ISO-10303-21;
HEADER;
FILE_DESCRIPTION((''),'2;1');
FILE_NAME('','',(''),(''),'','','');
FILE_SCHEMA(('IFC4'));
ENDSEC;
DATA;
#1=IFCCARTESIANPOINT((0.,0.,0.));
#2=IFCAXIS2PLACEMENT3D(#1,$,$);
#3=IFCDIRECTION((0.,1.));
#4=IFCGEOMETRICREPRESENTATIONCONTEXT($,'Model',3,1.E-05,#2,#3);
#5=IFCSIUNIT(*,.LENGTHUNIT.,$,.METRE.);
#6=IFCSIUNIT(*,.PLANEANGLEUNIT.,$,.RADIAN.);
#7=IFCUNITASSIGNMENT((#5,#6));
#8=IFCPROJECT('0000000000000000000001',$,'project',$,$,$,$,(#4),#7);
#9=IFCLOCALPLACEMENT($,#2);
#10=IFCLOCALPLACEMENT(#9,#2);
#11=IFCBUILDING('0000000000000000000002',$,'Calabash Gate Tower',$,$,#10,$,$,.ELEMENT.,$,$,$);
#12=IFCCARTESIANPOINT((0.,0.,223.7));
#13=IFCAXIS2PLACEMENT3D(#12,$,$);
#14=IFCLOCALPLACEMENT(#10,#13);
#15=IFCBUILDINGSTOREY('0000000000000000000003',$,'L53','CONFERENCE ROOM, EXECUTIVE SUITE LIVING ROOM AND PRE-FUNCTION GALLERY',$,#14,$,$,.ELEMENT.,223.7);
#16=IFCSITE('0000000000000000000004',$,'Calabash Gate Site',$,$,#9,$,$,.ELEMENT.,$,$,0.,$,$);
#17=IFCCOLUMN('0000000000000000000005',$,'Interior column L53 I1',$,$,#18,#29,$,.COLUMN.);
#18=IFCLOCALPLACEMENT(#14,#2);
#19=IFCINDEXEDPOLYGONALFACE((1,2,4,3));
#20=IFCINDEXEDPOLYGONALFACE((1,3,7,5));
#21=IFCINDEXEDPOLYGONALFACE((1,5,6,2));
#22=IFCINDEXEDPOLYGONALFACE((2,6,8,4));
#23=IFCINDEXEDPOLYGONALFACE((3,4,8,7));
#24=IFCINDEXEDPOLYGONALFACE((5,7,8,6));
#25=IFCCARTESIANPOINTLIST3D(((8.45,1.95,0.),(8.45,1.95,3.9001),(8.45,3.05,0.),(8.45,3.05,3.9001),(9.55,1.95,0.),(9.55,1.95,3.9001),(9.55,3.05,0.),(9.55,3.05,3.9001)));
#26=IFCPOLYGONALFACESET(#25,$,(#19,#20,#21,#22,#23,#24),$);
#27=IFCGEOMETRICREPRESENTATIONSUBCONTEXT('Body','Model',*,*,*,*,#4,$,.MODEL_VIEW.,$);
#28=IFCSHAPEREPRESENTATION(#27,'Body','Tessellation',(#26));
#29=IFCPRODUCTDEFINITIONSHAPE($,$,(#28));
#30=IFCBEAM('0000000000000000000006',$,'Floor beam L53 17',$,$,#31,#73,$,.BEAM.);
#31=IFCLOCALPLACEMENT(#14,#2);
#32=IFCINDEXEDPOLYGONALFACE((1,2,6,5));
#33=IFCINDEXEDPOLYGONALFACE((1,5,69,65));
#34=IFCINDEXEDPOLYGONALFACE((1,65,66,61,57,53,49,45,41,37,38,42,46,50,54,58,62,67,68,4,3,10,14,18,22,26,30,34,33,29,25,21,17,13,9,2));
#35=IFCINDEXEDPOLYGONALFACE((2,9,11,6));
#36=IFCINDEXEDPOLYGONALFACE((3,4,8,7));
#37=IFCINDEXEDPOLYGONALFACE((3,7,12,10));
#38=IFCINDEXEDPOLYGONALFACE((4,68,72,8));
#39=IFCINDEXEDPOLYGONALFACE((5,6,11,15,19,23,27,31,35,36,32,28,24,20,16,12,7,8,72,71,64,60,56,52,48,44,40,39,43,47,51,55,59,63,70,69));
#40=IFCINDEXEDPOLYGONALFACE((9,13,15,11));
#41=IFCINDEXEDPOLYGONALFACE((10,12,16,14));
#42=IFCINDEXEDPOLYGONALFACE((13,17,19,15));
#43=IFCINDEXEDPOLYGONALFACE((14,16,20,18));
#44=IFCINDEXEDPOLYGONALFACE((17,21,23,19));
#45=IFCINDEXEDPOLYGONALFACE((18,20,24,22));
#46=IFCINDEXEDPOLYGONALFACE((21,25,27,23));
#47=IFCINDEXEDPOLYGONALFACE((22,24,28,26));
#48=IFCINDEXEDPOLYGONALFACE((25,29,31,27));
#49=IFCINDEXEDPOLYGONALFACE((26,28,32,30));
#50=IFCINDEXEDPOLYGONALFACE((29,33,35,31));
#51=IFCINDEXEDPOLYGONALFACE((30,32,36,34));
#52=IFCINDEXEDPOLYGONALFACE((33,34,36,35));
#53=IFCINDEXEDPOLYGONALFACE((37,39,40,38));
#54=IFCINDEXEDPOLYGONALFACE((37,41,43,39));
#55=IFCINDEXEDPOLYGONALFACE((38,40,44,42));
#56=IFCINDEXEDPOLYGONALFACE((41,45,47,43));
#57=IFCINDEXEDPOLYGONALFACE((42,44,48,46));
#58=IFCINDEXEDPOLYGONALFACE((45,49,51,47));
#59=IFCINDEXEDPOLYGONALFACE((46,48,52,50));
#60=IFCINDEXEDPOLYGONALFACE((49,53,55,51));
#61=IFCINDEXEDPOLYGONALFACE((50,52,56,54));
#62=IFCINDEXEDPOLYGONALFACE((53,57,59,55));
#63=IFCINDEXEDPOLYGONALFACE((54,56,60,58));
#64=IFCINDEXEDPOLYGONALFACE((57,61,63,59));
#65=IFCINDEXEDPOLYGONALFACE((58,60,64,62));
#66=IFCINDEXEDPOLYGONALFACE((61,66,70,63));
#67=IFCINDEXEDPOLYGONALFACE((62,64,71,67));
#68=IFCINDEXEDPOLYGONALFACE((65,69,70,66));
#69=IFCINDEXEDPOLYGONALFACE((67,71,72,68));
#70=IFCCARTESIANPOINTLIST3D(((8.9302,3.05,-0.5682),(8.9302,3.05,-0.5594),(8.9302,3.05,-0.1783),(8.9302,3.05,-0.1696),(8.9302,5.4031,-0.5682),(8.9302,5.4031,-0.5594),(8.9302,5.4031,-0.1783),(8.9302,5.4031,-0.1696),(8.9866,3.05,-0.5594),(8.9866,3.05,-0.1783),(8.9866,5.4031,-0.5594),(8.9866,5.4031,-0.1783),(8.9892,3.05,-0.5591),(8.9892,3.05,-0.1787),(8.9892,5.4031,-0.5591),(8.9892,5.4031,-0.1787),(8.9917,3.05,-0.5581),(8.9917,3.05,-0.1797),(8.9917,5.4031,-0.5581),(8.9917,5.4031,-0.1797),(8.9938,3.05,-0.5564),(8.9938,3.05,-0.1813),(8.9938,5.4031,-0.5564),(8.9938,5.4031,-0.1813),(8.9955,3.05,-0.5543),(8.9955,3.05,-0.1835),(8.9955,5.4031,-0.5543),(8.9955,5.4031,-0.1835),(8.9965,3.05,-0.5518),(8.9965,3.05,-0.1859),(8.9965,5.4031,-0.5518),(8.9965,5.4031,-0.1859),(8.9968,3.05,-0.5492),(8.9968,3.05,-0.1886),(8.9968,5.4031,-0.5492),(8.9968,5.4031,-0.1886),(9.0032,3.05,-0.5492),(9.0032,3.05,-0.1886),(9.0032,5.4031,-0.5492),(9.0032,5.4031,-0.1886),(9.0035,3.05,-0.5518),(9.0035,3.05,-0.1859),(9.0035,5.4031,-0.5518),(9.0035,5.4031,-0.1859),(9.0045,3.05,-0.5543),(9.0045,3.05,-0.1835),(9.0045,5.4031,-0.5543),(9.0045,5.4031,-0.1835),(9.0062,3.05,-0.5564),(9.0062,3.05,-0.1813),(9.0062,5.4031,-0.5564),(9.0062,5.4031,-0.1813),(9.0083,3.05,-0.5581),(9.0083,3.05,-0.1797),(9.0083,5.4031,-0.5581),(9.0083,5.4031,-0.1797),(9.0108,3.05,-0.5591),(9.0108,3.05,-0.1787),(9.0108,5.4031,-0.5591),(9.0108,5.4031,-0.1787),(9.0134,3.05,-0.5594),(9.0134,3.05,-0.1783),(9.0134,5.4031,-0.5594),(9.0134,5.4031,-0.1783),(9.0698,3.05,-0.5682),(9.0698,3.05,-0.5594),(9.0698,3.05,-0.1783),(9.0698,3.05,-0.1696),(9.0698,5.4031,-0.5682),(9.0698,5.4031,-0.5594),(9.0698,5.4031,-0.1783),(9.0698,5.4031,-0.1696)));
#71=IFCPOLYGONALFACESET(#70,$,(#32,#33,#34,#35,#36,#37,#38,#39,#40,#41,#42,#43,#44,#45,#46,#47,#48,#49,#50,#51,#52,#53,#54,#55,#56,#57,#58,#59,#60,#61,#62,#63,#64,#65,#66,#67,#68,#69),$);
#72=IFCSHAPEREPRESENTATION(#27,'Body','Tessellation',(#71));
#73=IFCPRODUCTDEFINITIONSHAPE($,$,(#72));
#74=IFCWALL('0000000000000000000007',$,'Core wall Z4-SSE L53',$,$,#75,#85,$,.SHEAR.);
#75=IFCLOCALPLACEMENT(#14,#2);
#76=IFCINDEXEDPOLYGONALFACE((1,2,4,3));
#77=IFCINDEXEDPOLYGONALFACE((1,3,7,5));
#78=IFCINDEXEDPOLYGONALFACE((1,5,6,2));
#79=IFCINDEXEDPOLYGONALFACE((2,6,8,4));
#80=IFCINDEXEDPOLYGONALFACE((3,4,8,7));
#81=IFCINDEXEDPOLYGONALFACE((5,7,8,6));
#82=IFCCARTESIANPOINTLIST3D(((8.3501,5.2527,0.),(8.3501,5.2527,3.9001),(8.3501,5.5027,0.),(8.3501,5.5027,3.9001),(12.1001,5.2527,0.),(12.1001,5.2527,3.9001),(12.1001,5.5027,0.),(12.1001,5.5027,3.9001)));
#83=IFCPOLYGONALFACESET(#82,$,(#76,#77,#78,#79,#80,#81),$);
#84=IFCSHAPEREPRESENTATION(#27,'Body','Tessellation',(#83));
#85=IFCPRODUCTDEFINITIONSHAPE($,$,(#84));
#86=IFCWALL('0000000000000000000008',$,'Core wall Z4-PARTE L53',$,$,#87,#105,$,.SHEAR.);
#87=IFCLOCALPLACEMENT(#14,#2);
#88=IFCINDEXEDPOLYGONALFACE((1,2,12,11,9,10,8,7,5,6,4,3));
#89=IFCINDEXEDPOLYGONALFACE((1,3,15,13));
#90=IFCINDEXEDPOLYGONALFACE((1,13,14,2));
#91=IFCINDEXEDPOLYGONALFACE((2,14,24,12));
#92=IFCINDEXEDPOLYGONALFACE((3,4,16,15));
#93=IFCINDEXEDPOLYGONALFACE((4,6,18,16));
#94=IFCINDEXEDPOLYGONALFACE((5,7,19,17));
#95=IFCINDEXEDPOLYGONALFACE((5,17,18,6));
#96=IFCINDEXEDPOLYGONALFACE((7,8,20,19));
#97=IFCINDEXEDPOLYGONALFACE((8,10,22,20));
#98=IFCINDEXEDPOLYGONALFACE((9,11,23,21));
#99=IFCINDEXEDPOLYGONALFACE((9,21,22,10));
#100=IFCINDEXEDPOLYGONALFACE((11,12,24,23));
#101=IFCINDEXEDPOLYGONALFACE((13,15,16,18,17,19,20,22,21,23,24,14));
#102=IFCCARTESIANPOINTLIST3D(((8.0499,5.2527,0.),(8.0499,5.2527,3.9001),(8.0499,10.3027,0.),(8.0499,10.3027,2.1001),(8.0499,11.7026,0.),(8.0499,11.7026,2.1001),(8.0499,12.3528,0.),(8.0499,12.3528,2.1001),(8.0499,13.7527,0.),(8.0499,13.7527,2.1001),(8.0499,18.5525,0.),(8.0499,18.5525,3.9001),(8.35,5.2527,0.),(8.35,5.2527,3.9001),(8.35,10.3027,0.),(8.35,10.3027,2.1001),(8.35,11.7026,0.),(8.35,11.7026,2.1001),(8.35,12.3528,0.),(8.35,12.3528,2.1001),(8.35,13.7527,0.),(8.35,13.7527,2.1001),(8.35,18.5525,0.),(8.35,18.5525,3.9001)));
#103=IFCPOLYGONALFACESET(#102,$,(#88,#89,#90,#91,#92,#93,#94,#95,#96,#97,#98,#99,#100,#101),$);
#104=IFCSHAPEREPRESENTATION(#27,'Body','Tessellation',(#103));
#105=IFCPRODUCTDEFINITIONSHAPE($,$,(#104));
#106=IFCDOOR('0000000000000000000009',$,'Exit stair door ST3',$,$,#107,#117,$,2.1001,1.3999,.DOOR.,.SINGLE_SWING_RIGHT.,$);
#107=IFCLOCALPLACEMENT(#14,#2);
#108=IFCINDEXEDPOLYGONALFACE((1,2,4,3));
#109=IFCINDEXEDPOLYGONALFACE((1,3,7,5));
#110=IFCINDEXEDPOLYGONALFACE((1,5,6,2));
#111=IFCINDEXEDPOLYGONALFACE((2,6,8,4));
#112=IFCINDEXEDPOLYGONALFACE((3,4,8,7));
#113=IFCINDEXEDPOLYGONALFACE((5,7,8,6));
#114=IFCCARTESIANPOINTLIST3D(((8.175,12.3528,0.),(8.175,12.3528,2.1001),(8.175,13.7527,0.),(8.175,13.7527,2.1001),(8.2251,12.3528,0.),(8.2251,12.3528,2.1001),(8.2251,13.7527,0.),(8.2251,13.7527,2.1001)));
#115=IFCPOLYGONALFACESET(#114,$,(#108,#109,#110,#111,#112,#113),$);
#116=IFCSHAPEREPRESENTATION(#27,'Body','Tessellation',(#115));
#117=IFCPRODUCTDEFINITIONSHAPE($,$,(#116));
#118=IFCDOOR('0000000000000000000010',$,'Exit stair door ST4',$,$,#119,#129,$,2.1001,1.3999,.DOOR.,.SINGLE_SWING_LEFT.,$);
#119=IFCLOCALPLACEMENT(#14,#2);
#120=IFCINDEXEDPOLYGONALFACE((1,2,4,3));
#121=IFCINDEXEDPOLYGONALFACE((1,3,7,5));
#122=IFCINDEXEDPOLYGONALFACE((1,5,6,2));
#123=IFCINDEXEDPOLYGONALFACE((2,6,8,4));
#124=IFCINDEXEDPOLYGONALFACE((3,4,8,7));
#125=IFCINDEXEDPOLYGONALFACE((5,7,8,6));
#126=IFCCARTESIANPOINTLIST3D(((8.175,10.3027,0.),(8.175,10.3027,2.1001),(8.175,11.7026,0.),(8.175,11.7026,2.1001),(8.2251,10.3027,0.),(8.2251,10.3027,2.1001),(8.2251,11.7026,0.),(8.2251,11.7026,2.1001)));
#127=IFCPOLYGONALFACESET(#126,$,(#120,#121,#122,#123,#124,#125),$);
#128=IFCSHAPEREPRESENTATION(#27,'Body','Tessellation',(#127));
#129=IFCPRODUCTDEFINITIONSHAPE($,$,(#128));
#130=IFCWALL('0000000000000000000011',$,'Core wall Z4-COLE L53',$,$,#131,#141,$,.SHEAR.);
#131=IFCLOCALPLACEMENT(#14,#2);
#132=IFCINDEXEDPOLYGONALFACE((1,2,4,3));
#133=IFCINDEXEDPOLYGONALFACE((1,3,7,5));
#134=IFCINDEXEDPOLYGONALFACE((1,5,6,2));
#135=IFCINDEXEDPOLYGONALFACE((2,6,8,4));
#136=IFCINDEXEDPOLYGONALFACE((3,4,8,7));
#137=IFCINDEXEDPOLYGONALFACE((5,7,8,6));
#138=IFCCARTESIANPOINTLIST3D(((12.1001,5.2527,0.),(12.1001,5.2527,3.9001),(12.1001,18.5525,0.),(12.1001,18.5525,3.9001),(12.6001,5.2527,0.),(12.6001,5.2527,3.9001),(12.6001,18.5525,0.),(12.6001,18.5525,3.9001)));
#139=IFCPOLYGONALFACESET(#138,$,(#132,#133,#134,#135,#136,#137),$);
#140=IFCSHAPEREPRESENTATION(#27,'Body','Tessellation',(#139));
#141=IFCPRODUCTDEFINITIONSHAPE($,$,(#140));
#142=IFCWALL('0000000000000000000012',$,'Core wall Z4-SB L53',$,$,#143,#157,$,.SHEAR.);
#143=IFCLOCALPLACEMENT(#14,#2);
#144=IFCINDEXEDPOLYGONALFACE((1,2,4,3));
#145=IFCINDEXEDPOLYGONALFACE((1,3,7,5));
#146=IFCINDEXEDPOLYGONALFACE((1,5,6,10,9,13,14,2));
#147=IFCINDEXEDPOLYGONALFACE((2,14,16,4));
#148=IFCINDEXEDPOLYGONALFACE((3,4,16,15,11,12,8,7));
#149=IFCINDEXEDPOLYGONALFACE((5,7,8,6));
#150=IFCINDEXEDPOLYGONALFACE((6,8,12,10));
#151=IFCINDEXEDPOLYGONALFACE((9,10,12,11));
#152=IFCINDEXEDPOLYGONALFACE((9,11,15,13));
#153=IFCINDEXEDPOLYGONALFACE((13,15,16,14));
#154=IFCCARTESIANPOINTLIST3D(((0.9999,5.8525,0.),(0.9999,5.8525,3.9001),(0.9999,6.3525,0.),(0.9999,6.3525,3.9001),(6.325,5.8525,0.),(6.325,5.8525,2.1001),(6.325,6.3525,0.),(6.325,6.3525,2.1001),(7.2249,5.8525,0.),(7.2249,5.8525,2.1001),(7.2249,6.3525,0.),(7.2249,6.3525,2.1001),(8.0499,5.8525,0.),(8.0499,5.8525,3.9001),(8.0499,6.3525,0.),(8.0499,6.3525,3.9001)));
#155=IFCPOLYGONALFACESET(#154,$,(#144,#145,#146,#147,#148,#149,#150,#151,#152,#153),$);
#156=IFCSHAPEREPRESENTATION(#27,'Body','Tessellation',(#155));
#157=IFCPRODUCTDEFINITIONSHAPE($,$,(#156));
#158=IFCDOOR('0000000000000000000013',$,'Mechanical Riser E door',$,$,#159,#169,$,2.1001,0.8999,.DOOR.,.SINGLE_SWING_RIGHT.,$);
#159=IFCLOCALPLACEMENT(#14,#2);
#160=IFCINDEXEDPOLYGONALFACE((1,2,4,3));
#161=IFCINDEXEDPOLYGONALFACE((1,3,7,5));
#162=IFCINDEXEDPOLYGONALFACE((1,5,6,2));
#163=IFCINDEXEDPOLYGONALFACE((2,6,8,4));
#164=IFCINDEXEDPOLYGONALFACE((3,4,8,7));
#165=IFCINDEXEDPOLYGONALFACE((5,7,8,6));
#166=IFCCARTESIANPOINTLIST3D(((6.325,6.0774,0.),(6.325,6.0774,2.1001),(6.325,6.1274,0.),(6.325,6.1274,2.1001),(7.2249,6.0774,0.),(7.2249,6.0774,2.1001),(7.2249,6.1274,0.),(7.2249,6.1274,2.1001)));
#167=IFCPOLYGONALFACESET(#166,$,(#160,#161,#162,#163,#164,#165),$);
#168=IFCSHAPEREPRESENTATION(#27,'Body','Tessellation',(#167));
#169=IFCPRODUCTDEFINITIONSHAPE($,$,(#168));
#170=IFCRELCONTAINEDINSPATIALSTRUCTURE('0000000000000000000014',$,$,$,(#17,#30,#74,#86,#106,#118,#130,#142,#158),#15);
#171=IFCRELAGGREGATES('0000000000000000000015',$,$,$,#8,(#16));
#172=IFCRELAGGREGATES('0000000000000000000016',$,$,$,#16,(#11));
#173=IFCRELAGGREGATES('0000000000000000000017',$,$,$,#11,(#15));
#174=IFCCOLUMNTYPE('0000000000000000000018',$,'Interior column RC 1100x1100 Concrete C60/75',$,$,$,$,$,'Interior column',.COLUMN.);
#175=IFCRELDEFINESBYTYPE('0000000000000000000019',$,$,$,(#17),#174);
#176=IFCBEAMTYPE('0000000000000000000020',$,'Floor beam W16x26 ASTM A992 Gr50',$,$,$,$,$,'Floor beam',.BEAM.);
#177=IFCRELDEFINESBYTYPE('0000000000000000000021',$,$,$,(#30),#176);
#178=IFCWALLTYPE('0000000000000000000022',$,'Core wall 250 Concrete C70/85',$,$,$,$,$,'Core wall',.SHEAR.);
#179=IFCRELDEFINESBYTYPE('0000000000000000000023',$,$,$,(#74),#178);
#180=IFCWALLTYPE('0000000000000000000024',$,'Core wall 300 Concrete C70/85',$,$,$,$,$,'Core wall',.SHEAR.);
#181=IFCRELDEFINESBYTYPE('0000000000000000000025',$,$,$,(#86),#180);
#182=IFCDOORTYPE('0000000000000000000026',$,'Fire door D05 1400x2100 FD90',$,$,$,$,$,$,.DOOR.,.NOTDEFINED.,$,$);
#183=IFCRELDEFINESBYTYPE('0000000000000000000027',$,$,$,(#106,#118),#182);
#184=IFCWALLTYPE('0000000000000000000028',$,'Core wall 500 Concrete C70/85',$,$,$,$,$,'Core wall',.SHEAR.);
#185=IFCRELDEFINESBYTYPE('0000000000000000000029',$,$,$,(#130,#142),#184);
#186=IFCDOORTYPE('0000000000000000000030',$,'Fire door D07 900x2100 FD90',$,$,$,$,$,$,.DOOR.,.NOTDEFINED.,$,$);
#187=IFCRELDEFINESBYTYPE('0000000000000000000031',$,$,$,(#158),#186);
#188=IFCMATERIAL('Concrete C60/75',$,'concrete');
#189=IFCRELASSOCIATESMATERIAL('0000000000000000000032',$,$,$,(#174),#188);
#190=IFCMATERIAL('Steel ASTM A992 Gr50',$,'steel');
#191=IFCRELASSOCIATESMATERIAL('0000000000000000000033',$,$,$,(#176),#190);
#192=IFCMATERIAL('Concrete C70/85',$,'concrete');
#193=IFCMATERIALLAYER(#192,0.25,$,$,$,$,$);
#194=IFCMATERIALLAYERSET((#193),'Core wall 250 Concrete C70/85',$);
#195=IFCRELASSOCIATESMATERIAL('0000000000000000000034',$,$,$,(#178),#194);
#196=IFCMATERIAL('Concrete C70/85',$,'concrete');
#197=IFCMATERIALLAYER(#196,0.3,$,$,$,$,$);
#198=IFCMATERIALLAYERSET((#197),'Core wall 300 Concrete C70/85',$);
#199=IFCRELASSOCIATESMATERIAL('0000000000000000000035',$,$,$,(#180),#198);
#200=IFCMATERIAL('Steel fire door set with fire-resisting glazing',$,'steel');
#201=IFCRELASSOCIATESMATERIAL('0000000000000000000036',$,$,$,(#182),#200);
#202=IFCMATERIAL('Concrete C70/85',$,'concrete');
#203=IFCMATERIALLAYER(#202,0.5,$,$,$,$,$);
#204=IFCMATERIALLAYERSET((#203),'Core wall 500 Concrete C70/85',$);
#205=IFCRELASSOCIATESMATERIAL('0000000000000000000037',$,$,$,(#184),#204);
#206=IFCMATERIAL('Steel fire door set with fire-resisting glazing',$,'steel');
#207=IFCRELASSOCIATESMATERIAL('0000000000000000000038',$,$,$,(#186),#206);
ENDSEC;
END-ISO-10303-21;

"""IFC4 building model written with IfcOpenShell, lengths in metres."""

from ifc_helpers import new_model, si_unit, direction, frame, frame_2d, origin, origin_2d, place, context, subcontext, project, spatial, rectangle, i_section, extrude, material, layer, layer_set, material_profile, profile_set, type_object, element, fill, save


model = new_model("IFC4")

# Units and contexts
model_context = context("Model", 3, precision=1e-05, world=origin(), true_north=direction((0.0, 1.0)))
body_context = subcontext(model_context, "Body", "Model", "MODEL_VIEW")
ifc_project = project(units=[si_unit("LENGTHUNIT", "METRE"), si_unit("PLANEANGLEUNIT", "RADIAN")], contexts=[model_context])

# Site, building, storey
site_placement = place(None, origin())
site = spatial("IfcSite", under=ifc_project, at=site_placement, Name="Calabash Gate Site", CompositionType="ELEMENT", RefElevation=0.0)
building_placement = place(site_placement, origin())
building = spatial("IfcBuilding", under=site, at=building_placement, Name="Calabash Gate Tower", CompositionType="ELEMENT")
storey_placement = place(building_placement, frame((0.0, 0.0, 223.7)))
storey = spatial("IfcBuildingStorey", under=building, at=storey_placement, Name="L53", Description="CONFERENCE ROOM, EXECUTIVE SUITE LIVING ROOM AND PRE-FUNCTION GALLERY", CompositionType="ELEMENT", Elevation=223.7)

# Column
ifc_material_1 = material(Name="Concrete C60/75", Category="concrete")
ifc_material_profile_1 = material_profile(ifc_material_1, rectangle(XDim=1.1001, YDim=1.1001, at=origin_2d()))
ifc_profile_set_1 = profile_set([ifc_material_profile_1], Name="Concrete C60/75")
column_type = type_object("IfcColumnType", Name="Interior column RC 1100x1100 Concrete C60/75", ElementType="Interior column", PredefinedType="COLUMN", material=ifc_profile_set_1)
column_placement = place(storey_placement, frame((9.0, 2.5, 0.0), z_axis=(0.0, 0.0, 1.0), x_axis=(1.0, 0.0, 0.0)))
element("IfcColumn", 1, at=column_placement, inside=storey, type_object=column_type, Name="Interior column L53 I1", PredefinedType="COLUMN", context=body_context, shape_type="SweptSolid", body=[
    extrude(rectangle(XDim=1.1001, YDim=1.1001, at=origin_2d()), origin(), (0.0, 0.0, 1.0), 3.9001),
])

# Beam
ifc_material_2 = material(Name="Steel ASTM A992 Gr50", Category="steel")
ifc_material_profile_2 = material_profile(ifc_material_2, i_section(OverallWidth=0.1396, OverallDepth=0.3987, WebThickness=0.0063, FlangeThickness=0.0088, FilletRadius=0.0103, at=origin_2d()))
ifc_profile_set_2 = profile_set([ifc_material_profile_2], Name="Steel ASTM A992 Gr50")
beam_type = type_object("IfcBeamType", Name="Floor beam W16x26 ASTM A992 Gr50", ElementType="Floor beam", PredefinedType="BEAM", material=ifc_profile_set_2)
beam_placement = place(storey_placement, frame((9.0, 3.05, -0.3689), z_axis=(0.0, 1.0, 0.0), x_axis=(-1.0, 0.0, 0.0)))
element("IfcBeam", 2, at=beam_placement, inside=storey, type_object=beam_type, Name="Floor beam L53 17", PredefinedType="BEAM", context=body_context, shape_type="SweptSolid", body=[
    extrude(i_section(OverallWidth=0.1396, OverallDepth=0.3987, WebThickness=0.0063, FlangeThickness=0.0088, FilletRadius=0.0103, at=origin_2d()), origin(), (0.0, 0.0, 1.0), 2.353),
])

# Wall
ifc_material_3 = material(Name="Concrete C70/85", Category="concrete")
ifc_layer_1 = layer(ifc_material_3, 0.25)
ifc_layer_set_1 = layer_set([ifc_layer_1], Name="Core wall 250 Concrete C70/85")
wall_type_1 = type_object("IfcWallType", Name="Core wall 250 Concrete C70/85", ElementType="Core wall", PredefinedType="SHEAR", material=ifc_layer_set_1)
wall_1_placement = place(storey_placement, frame((8.3501, 5.3777, 0.0), z_axis=(0.0, 0.0, 1.0), x_axis=(1.0, 0.0, 0.0)))
element("IfcWall", 3, at=wall_1_placement, inside=storey, type_object=wall_type_1, Name="Core wall Z4-SSE L53", PredefinedType="SHEAR", context=body_context, shape_type="SweptSolid", body=[
    extrude(rectangle(XDim=3.75, YDim=0.25, at=frame_2d((1.875, 0.0))), origin(), (0.0, 0.0, 1.0), 3.9001),
])

# Wall, openings, doors
ifc_material_4 = material(Name="Concrete C70/85", Category="concrete")
ifc_layer_2 = layer(ifc_material_4, 0.3)
ifc_layer_set_2 = layer_set([ifc_layer_2], Name="Core wall 300 Concrete C70/85")
wall_type_2 = type_object("IfcWallType", Name="Core wall 300 Concrete C70/85", ElementType="Core wall", PredefinedType="SHEAR", material=ifc_layer_set_2)
wall_2_placement = place(storey_placement, frame((8.2, 5.2527, 0.0), z_axis=(0.0, 0.0, 1.0), x_axis=(0.0, 1.0, 0.0)))
wall_2 = element("IfcWall", 4, at=wall_2_placement, inside=storey, type_object=wall_type_2, Name="Core wall Z4-PARTE L53", PredefinedType="SHEAR", context=body_context, shape_type="SweptSolid", body=[
    extrude(rectangle(XDim=13.2998, YDim=0.3, at=frame_2d((6.6499, 0.0))), origin(), (0.0, 0.0, 1.0), 3.9001),
])
opening_1_placement = place(wall_2_placement, frame((7.1001, 0.0, 0.0)))
opening_1 = element("IfcOpeningElement", 5, at=opening_1_placement, cuts=wall_2, PredefinedType="OPENING", context=body_context, shape_type="SweptSolid", body=[
    extrude(rectangle(XDim=1.3999, YDim=2.1001, at=frame_2d((0.7, 1.05))), frame((0.0, 0.1599, 0.0), z_axis=(0.0, -1.0, 0.0), x_axis=(1.0, 0.0, 0.0)), (0.0, 0.0, 1.0), 0.3201),
])
opening_2_placement = place(wall_2_placement, frame((5.05, 0.0, 0.0)))
opening_2 = element("IfcOpeningElement", 6, at=opening_2_placement, cuts=wall_2, PredefinedType="OPENING", context=body_context, shape_type="SweptSolid", body=[
    extrude(rectangle(XDim=1.3999, YDim=2.1001, at=frame_2d((0.7, 1.05))), frame((0.0, 0.1599, 0.0), z_axis=(0.0, -1.0, 0.0), x_axis=(1.0, 0.0, 0.0)), (0.0, 0.0, 1.0), 0.3201),
])
ifc_material_5 = material(Name="Steel fire door set with fire-resisting glazing", Category="steel")
door_type_1 = type_object("IfcDoorType", Name="Fire door D05 1400x2100 FD90", OperationType="NOTDEFINED", PredefinedType="DOOR", material=ifc_material_5)
door_1_placement = place(opening_1_placement, origin())
door_1 = element("IfcDoor", 7, at=door_1_placement, inside=storey, type_object=door_type_1, Name="Exit stair door ST3", OperationType="SINGLE_SWING_RIGHT", OverallHeight=2.1001, OverallWidth=1.3999, PredefinedType="DOOR", context=body_context, shape_type="SweptSolid", body=[
    extrude(rectangle(XDim=1.3999, YDim=2.1001, at=frame_2d((0.7, 1.05))), frame((0.0, 0.0249, 0.0), z_axis=(0.0, -1.0, 0.0), x_axis=(1.0, 0.0, 0.0)), (0.0, 0.0, 1.0), 0.05),
])
fill(opening_1, door_1)
door_2_placement = place(opening_2_placement, origin())
door_2 = element("IfcDoor", 8, at=door_2_placement, inside=storey, type_object=door_type_1, Name="Exit stair door ST4", OperationType="SINGLE_SWING_LEFT", OverallHeight=2.1001, OverallWidth=1.3999, PredefinedType="DOOR", context=body_context, shape_type="SweptSolid", body=[
    extrude(rectangle(XDim=1.3999, YDim=2.1001, at=frame_2d((0.7, 1.05))), frame((0.0, 0.0249, 0.0), z_axis=(0.0, -1.0, 0.0), x_axis=(1.0, 0.0, 0.0)), (0.0, 0.0, 1.0), 0.05),
])
fill(opening_2, door_2)

# Wall
ifc_material_6 = material(Name="Concrete C70/85", Category="concrete")
ifc_layer_3 = layer(ifc_material_6, 0.5)
ifc_layer_set_3 = layer_set([ifc_layer_3], Name="Core wall 500 Concrete C70/85")
wall_type_3 = type_object("IfcWallType", Name="Core wall 500 Concrete C70/85", ElementType="Core wall", PredefinedType="SHEAR", material=ifc_layer_set_3)
wall_3_placement = place(storey_placement, frame((12.3501, 5.2527, 0.0), z_axis=(0.0, 0.0, 1.0), x_axis=(0.0, 1.0, 0.0)))
element("IfcWall", 9, at=wall_3_placement, inside=storey, type_object=wall_type_3, Name="Core wall Z4-COLE L53", PredefinedType="SHEAR", context=body_context, shape_type="SweptSolid", body=[
    extrude(rectangle(XDim=13.2998, YDim=0.5, at=frame_2d((6.6499, 0.0))), origin(), (0.0, 0.0, 1.0), 3.9001),
])

# Wall, opening, door
wall_4_placement = place(storey_placement, frame((1.0, 6.1025, 0.0), z_axis=(0.0, 0.0, 1.0), x_axis=(1.0, 0.0, 0.0)))
wall_4 = element("IfcWall", 10, at=wall_4_placement, inside=storey, type_object=wall_type_3, Name="Core wall Z4-SB L53", PredefinedType="SHEAR", context=body_context, shape_type="SweptSolid", body=[
    extrude(rectangle(XDim=7.05, YDim=0.5, at=frame_2d((3.5249, 0.0))), origin(), (0.0, 0.0, 1.0), 3.9001),
])
opening_3_placement = place(wall_4_placement, frame((5.325, 0.0, 0.0)))
opening_3 = element("IfcOpeningElement", 11, at=opening_3_placement, cuts=wall_4, PredefinedType="OPENING", context=body_context, shape_type="SweptSolid", body=[
    extrude(rectangle(XDim=0.8999, YDim=2.1001, at=frame_2d((0.45, 1.05))), frame((0.0, 0.26, 0.0), z_axis=(0.0, -1.0, 0.0), x_axis=(1.0, 0.0, 0.0)), (0.0, 0.0, 1.0), 0.52),
])
ifc_material_7 = material(Name="Steel fire door set with fire-resisting glazing", Category="steel")
door_type_2 = type_object("IfcDoorType", Name="Fire door D07 900x2100 FD90", OperationType="NOTDEFINED", PredefinedType="DOOR", material=ifc_material_7)
door_3_placement = place(opening_3_placement, origin())
door_3 = element("IfcDoor", 12, at=door_3_placement, inside=storey, type_object=door_type_2, Name="Mechanical Riser E door", OperationType="SINGLE_SWING_RIGHT", OverallHeight=2.1001, OverallWidth=0.8999, PredefinedType="DOOR", context=body_context, shape_type="SweptSolid", body=[
    extrude(rectangle(XDim=0.8999, YDim=2.1001, at=frame_2d((0.45, 1.05))), frame((0.0, 0.0249, 0.0), z_axis=(0.0, -1.0, 0.0), x_axis=(1.0, 0.0, 0.0)), (0.0, 0.0, 1.0), 0.05),
])
fill(opening_3, door_3)

save(model, "model.ifc")
